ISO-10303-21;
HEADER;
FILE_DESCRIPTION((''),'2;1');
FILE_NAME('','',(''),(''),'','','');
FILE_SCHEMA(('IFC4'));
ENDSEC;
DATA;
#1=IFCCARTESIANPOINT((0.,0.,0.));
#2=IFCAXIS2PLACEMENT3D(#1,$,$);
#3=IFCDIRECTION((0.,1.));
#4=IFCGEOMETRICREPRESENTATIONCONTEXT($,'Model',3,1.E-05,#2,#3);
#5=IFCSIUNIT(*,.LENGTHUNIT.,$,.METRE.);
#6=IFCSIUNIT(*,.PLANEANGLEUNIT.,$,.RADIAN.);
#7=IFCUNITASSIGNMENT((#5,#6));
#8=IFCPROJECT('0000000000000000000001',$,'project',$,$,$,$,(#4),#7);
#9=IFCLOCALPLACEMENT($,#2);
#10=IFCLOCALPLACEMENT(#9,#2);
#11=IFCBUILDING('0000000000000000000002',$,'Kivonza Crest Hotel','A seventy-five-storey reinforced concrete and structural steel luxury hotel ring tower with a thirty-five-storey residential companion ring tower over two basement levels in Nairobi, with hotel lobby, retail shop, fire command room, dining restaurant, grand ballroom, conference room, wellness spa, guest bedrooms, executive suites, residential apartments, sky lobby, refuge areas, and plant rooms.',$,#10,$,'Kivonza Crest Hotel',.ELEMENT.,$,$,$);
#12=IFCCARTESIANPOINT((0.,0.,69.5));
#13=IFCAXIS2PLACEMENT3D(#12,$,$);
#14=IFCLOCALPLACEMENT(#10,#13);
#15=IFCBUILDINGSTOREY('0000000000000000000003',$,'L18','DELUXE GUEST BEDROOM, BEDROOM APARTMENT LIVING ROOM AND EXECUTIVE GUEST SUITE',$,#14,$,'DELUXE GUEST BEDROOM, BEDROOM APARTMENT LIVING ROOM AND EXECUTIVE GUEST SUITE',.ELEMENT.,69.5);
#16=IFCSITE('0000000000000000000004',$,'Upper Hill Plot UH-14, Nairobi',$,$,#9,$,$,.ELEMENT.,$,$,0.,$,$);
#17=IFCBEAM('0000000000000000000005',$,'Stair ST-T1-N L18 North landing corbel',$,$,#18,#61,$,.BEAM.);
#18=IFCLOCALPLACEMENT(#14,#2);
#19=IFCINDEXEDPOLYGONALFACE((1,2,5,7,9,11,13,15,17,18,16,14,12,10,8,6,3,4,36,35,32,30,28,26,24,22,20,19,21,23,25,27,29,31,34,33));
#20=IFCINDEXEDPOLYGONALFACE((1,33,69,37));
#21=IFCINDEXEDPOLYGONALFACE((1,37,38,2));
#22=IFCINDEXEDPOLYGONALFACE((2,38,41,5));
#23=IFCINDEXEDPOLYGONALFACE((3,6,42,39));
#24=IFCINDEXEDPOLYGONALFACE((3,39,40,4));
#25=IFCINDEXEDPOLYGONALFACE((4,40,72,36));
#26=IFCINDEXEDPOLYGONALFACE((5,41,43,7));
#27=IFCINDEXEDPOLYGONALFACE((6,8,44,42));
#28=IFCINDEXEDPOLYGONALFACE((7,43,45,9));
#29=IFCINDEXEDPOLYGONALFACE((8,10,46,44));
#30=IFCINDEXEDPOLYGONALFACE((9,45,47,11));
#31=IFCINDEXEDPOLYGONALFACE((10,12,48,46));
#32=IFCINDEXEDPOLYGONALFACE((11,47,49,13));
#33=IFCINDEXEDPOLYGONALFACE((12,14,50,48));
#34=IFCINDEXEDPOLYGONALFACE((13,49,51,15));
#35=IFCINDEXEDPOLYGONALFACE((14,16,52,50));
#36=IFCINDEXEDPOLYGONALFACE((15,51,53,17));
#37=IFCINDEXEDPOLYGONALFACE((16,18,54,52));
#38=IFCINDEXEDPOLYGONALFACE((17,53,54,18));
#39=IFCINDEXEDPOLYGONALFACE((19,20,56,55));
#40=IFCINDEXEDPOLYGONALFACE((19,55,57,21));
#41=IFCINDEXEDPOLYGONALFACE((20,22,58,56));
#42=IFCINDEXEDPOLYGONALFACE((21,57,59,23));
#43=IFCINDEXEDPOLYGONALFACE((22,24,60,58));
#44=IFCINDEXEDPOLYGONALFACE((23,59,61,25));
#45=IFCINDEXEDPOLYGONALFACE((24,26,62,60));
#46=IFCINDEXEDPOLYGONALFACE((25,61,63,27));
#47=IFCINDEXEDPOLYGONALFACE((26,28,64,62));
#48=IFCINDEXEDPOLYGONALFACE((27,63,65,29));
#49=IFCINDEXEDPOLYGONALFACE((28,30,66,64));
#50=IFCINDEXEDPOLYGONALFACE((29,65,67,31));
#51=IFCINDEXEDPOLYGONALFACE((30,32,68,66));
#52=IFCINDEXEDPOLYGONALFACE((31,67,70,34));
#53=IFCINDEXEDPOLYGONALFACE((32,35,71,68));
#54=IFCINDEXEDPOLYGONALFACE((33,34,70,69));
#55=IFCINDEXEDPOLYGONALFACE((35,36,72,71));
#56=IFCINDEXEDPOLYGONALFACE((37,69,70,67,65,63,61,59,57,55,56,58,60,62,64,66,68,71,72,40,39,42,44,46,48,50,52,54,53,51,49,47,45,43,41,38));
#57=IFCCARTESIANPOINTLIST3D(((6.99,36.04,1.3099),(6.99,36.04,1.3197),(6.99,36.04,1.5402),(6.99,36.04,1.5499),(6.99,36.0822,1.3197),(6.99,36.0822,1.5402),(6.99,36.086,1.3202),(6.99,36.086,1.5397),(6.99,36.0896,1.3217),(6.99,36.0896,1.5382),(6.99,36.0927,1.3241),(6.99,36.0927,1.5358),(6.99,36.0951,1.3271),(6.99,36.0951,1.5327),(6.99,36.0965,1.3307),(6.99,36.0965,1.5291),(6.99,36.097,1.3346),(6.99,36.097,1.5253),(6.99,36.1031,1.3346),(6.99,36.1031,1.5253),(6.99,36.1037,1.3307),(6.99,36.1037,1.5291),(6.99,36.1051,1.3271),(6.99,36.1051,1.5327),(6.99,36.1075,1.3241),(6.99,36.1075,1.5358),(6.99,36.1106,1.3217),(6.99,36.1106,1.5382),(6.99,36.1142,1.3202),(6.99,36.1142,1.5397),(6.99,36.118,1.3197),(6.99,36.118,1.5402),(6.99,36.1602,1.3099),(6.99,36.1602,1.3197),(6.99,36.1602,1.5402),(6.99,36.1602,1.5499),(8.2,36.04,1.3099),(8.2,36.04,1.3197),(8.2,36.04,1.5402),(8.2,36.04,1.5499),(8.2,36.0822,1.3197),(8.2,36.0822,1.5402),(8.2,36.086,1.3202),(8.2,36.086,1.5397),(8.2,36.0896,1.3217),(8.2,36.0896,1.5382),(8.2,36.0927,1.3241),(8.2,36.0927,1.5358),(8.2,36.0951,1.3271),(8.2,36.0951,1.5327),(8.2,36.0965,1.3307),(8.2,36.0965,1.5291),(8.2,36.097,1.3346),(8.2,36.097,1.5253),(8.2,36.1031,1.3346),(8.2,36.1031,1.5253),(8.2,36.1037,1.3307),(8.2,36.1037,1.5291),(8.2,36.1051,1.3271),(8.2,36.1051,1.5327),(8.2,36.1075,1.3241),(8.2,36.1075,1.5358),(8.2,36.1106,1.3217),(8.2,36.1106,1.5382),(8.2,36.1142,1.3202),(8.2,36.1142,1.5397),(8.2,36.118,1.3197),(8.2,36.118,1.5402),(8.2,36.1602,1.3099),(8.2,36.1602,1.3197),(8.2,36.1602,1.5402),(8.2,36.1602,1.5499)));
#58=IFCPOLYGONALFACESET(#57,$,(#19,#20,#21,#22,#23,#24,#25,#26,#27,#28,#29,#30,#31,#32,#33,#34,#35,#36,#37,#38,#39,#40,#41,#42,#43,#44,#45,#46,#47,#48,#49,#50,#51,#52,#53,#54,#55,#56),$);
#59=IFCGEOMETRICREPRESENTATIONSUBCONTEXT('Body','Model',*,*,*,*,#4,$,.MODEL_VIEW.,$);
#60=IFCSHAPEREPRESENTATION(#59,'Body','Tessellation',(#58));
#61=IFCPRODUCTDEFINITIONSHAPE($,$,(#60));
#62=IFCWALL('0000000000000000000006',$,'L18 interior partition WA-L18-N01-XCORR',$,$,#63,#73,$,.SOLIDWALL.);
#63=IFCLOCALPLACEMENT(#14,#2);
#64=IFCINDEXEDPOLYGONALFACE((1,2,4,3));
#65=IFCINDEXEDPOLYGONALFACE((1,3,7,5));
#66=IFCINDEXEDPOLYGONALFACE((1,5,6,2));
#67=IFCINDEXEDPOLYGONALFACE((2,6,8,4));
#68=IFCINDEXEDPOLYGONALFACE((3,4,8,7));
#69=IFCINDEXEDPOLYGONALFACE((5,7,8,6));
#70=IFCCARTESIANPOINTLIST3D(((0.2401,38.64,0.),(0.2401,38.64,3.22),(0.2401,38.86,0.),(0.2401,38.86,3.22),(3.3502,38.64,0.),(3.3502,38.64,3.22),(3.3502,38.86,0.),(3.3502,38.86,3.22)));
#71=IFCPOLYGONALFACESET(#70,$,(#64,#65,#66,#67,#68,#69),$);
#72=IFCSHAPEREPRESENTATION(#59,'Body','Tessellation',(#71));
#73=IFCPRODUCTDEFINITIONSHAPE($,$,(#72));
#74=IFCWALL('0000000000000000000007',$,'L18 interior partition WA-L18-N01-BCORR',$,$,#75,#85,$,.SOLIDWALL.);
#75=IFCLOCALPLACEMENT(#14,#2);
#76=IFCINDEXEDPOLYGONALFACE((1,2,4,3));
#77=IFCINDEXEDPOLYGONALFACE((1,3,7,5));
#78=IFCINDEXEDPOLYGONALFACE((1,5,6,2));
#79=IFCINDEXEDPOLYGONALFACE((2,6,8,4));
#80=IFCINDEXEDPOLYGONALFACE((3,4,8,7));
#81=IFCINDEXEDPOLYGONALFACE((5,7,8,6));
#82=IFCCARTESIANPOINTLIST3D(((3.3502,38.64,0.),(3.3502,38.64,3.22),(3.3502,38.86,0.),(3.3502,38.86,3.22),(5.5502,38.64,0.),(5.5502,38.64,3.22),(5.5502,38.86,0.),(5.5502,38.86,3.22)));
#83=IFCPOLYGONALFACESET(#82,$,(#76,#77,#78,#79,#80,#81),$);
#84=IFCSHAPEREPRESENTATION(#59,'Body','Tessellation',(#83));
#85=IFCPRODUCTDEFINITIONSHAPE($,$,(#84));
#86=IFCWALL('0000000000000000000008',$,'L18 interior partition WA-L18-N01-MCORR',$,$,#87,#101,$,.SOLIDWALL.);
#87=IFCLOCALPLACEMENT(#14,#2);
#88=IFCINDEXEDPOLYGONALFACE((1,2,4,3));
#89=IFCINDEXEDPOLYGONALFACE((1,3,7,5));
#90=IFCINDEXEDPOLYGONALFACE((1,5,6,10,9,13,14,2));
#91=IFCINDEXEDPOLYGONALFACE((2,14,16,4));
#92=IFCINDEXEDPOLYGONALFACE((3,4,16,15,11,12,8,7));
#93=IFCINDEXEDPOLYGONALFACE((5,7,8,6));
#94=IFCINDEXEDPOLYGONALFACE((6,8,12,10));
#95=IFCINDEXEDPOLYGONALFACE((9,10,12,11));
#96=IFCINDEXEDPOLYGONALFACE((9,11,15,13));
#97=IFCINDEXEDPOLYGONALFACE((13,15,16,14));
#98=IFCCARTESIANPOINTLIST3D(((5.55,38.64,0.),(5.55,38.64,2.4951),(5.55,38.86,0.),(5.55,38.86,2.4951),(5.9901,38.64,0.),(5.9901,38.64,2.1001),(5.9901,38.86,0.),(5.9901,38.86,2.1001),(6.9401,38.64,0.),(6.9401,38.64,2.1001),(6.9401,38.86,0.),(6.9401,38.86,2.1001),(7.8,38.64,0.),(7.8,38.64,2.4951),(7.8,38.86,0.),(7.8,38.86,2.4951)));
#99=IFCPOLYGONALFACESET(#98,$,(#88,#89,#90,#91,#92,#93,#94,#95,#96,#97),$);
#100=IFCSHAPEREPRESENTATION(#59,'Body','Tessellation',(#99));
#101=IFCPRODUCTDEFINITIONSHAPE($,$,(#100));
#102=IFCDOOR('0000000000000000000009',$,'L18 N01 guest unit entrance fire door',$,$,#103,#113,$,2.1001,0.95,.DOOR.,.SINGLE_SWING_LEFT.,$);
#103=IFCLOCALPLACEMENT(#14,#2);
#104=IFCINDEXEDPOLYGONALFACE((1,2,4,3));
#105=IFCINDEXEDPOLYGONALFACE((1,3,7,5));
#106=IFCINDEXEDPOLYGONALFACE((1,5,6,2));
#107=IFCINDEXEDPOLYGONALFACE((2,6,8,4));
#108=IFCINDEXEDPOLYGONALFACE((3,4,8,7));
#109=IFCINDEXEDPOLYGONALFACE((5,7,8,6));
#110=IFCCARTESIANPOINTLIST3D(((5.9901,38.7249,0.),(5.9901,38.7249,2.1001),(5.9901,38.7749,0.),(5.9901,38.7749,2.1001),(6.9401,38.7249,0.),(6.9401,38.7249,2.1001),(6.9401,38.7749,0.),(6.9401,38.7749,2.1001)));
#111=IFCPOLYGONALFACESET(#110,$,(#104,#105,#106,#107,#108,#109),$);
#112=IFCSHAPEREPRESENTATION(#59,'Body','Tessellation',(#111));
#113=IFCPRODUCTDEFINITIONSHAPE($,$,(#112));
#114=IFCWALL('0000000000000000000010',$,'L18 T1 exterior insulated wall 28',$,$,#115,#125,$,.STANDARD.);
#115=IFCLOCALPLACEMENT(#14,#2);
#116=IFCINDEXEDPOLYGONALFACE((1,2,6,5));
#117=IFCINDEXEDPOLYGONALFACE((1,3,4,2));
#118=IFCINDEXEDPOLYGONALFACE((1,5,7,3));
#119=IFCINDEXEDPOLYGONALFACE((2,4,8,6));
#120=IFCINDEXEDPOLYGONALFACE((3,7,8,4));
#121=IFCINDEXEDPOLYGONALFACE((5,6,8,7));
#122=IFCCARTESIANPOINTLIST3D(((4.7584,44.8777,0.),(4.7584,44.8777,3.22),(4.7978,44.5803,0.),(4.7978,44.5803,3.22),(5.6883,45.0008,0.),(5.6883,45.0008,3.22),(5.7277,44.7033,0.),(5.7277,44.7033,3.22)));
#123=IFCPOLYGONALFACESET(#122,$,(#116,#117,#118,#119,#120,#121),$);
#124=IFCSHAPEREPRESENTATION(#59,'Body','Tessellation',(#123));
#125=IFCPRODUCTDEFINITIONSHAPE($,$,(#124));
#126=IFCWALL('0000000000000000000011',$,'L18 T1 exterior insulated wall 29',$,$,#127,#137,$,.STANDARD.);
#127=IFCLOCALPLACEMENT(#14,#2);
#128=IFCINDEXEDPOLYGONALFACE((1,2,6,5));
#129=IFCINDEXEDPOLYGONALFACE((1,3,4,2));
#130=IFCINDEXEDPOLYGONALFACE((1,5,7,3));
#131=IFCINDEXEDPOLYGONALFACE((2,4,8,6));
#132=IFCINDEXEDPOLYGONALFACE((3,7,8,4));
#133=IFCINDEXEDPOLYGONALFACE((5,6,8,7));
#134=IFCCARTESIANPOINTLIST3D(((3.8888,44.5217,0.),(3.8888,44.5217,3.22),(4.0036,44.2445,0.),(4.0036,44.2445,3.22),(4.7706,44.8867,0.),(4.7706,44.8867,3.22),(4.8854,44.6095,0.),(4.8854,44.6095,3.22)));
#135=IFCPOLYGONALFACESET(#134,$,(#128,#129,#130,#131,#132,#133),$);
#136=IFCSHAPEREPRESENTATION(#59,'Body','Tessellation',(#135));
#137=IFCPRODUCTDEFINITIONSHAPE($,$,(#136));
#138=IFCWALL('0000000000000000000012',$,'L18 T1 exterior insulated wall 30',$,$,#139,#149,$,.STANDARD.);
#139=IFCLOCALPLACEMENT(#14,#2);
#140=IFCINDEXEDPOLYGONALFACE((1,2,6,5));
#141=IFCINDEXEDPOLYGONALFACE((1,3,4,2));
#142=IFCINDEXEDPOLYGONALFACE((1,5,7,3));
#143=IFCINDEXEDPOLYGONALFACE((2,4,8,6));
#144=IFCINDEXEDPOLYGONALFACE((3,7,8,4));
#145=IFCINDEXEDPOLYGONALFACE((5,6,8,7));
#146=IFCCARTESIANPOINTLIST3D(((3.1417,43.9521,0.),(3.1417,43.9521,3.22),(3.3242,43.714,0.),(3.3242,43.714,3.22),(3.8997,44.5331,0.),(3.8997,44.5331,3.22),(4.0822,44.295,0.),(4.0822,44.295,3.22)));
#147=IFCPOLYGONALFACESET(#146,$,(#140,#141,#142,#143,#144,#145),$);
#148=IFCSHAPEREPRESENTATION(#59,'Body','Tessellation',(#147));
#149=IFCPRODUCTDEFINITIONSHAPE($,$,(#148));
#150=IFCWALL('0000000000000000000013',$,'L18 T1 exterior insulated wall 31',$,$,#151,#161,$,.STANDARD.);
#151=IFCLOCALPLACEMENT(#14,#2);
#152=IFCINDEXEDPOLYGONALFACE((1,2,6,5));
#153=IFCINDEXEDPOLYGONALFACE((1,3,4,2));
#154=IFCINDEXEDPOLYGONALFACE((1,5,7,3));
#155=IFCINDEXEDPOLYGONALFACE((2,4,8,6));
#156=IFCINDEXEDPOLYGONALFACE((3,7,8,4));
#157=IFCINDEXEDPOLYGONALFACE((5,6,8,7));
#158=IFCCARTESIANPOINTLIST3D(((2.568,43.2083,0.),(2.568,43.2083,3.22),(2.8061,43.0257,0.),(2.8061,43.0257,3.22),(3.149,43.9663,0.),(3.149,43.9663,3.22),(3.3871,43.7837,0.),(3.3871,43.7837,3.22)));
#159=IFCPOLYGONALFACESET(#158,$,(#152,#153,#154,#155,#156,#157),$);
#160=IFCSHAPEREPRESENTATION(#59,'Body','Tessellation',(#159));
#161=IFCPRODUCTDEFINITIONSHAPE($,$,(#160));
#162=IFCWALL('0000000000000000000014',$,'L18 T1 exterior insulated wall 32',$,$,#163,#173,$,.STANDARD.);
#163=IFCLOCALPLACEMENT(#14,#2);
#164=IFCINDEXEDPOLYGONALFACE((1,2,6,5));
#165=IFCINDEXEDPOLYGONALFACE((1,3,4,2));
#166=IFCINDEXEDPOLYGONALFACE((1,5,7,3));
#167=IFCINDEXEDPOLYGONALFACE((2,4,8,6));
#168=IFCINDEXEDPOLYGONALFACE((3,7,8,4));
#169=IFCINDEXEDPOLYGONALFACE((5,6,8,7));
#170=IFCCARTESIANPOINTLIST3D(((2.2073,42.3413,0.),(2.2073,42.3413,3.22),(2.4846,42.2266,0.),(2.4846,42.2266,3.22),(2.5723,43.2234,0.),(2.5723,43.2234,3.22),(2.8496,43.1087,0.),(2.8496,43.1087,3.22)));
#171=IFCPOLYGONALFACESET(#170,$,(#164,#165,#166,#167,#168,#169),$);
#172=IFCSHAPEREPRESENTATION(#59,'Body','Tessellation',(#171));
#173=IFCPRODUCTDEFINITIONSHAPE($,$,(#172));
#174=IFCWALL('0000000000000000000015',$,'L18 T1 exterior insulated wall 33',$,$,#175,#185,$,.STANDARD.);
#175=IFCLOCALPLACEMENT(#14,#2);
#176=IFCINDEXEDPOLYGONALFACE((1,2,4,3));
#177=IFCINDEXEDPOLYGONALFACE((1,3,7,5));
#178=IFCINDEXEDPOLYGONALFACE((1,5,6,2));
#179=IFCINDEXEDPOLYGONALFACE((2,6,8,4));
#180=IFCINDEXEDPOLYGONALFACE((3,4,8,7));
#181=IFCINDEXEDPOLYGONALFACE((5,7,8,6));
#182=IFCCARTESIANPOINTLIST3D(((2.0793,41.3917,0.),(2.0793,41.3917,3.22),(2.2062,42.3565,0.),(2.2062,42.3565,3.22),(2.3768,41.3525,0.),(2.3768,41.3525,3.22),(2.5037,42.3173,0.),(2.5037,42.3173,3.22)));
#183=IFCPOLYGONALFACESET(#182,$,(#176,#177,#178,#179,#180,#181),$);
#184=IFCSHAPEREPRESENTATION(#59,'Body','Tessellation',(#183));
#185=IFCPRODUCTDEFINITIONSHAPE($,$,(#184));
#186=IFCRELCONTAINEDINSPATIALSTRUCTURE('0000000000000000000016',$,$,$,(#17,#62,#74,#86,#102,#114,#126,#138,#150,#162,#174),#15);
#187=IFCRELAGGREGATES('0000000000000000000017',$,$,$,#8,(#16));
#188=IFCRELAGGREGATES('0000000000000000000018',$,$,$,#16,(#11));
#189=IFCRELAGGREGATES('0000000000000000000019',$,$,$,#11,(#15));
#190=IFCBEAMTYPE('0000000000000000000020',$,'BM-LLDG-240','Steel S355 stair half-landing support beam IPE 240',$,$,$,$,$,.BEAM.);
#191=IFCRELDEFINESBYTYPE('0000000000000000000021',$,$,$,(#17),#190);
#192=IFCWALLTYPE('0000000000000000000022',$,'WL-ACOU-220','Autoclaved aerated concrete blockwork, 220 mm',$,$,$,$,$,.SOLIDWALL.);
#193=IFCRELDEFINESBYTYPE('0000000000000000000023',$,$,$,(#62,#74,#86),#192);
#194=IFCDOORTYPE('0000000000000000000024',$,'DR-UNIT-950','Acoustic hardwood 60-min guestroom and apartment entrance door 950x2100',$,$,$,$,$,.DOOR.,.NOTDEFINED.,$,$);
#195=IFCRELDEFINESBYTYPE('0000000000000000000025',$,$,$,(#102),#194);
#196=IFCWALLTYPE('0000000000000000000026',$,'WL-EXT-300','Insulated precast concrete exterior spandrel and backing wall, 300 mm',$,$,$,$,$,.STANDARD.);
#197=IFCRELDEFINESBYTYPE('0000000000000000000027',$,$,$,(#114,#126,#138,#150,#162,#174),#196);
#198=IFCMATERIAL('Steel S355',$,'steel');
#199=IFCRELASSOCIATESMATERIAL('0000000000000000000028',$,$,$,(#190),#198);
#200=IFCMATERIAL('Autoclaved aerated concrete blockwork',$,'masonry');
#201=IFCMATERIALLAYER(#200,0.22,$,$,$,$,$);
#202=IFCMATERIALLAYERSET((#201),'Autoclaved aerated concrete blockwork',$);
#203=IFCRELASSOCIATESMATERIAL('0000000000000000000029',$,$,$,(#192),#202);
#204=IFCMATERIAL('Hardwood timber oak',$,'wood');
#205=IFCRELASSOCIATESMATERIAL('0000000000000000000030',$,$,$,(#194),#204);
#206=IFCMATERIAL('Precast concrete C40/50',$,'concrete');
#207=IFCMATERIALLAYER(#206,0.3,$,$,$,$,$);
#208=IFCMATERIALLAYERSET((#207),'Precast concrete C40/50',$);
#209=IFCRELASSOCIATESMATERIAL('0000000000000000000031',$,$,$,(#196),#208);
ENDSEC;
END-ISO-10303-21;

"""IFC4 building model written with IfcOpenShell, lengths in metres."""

from ifc_helpers import new_model, si_unit, direction, frame, frame_2d, origin, origin_2d, place, context, subcontext, project, spatial, rectangle, i_section, extrude, material, layer, layer_set, material_profile, profile_set, type_object, element, fill, save


model = new_model("IFC4")

# Units and contexts
model_context = context("Model", 3, precision=1e-05, world=origin(), true_north=direction((0.0, 1.0)))
body_context = subcontext(model_context, "Body", "Model", "MODEL_VIEW")
ifc_project = project(units=[si_unit("LENGTHUNIT", "METRE"), si_unit("PLANEANGLEUNIT", "RADIAN")], contexts=[model_context])

# Site, building, storey
site_placement = place(None, origin())
site = spatial("IfcSite", under=ifc_project, at=site_placement, Name="Upper Hill Plot UH-14, Nairobi", CompositionType="ELEMENT", RefElevation=0.0)
building_placement = place(site_placement, origin())
building = spatial("IfcBuilding", under=site, at=building_placement, Name="Kivonza Crest Hotel", Description="A seventy-five-storey reinforced concrete and structural steel luxury hotel ring tower with a thirty-five-storey residential companion ring tower over two basement levels in Nairobi, with hotel lobby, retail shop, fire command room, dining restaurant, grand ballroom, conference room, wellness spa, guest bedrooms, executive suites, residential apartments, sky lobby, refuge areas, and plant rooms.", LongName="Kivonza Crest Hotel", CompositionType="ELEMENT")
storey_placement = place(building_placement, frame((0.0, 0.0, 69.5)))
storey = spatial("IfcBuildingStorey", under=building, at=storey_placement, Name="L18", Description="DELUXE GUEST BEDROOM, BEDROOM APARTMENT LIVING ROOM AND EXECUTIVE GUEST SUITE", LongName="DELUXE GUEST BEDROOM, BEDROOM APARTMENT LIVING ROOM AND EXECUTIVE GUEST SUITE", CompositionType="ELEMENT", Elevation=69.5)

# Beam
ifc_material_1 = material(Name="Steel S355", Category="steel")
ifc_material_profile = material_profile(ifc_material_1, i_section(OverallWidth=0.1201, OverallDepth=0.24, WebThickness=0.0061, FlangeThickness=0.0098, FilletRadius=0.0149, at=origin_2d()), Name="IPE 240")
ifc_profile_set = profile_set([ifc_material_profile], Name="Steel S355")
beam_type = type_object("IfcBeamType", Name="BM-LLDG-240", Description="Steel S355 stair half-landing support beam IPE 240", PredefinedType="BEAM", material=ifc_profile_set)
beam_placement = place(storey_placement, frame((6.99, 36.1001, 1.4299), z_axis=(1.0, 0.0, 0.0), x_axis=(0.0, 1.0, 0.0)))
element("IfcBeam", 1, at=beam_placement, inside=storey, type_object=beam_type, Name="Stair ST-T1-N L18 North landing corbel", PredefinedType="BEAM", context=body_context, shape_type="SweptSolid", body=[
    extrude(i_section(OverallWidth=0.1201, OverallDepth=0.24, WebThickness=0.0061, FlangeThickness=0.0098, FilletRadius=0.0149, at=origin_2d()), origin(), (0.0, 0.0, 1.0), 1.21),
])

# Walls
ifc_material_2 = material(Name="Autoclaved aerated concrete blockwork", Category="masonry")
ifc_layer_1 = layer(ifc_material_2, 0.22)
ifc_layer_set_1 = layer_set([ifc_layer_1], Name="Autoclaved aerated concrete blockwork")
wall_type_1 = type_object("IfcWallType", Name="WL-ACOU-220", Description="Autoclaved aerated concrete blockwork, 220 mm", PredefinedType="SOLIDWALL", material=ifc_layer_set_1)
wall_1_placement = place(storey_placement, frame((0.24, 38.75, 0.0), z_axis=(0.0, 0.0, 1.0), x_axis=(1.0, 0.0, 0.0)))
element("IfcWall", 2, at=wall_1_placement, inside=storey, type_object=wall_type_1, Name="L18 interior partition WA-L18-N01-XCORR", PredefinedType="SOLIDWALL", context=body_context, shape_type="SweptSolid", body=[
    extrude(rectangle(XDim=3.1101, YDim=0.22, at=frame_2d((1.5552, 0.0))), origin(), (0.0, 0.0, 1.0), 3.22),
])
wall_2_placement = place(storey_placement, frame((3.3501, 38.75, 0.0), z_axis=(0.0, 0.0, 1.0), x_axis=(1.0, 0.0, 0.0)))
element("IfcWall", 3, at=wall_2_placement, inside=storey, type_object=wall_type_1, Name="L18 interior partition WA-L18-N01-BCORR", PredefinedType="SOLIDWALL", context=body_context, shape_type="SweptSolid", body=[
    extrude(rectangle(XDim=2.2, YDim=0.22, at=frame_2d((1.1001, 0.0))), origin(), (0.0, 0.0, 1.0), 3.22),
])

# Wall, opening, door
wall_3_placement = place(storey_placement, frame((5.55, 38.75, 0.0), z_axis=(0.0, 0.0, 1.0), x_axis=(1.0, 0.0, 0.0)))
wall_3 = element("IfcWall", 4, at=wall_3_placement, inside=storey, type_object=wall_type_1, Name="L18 interior partition WA-L18-N01-MCORR", PredefinedType="SOLIDWALL", context=body_context, shape_type="SweptSolid", body=[
    extrude(rectangle(XDim=2.25, YDim=0.22, at=frame_2d((1.125, 0.0))), origin(), (0.0, 0.0, 1.0), 2.4951),
])
opening_1_placement = place(wall_3_placement, frame((0.4399, 0.0, 0.0)))
opening_1 = element("IfcOpeningElement", 5, at=opening_1_placement, cuts=wall_3, PredefinedType="OPENING", context=body_context, shape_type="SweptSolid", body=[
    extrude(rectangle(XDim=0.95, YDim=2.1001, at=frame_2d((0.4751, 1.05))), frame((0.0, 0.1201, 0.0), z_axis=(0.0, -1.0, 0.0), x_axis=(1.0, 0.0, 0.0)), (0.0, 0.0, 1.0), 0.24),
])
ifc_material_3 = material(Name="Hardwood timber oak", Category="wood")
door_type_1 = type_object("IfcDoorType", Name="DR-UNIT-950", Description="Acoustic hardwood 60-min guestroom and apartment entrance door 950x2100", OperationType="NOTDEFINED", PredefinedType="DOOR", material=ifc_material_3)
door_1_placement = place(opening_1_placement, origin())
door_1 = element("IfcDoor", 6, at=door_1_placement, inside=storey, type_object=door_type_1, Name="L18 N01 guest unit entrance fire door", OperationType="SINGLE_SWING_LEFT", OverallHeight=2.1001, OverallWidth=0.95, PredefinedType="DOOR", context=body_context, shape_type="SweptSolid", body=[
    extrude(rectangle(XDim=0.95, YDim=2.1001, at=frame_2d((0.4751, 1.05))), frame((0.0, 0.0249, 0.0), z_axis=(0.0, -1.0, 0.0), x_axis=(1.0, 0.0, 0.0)), (0.0, 0.0, 1.0), 0.05),
])
fill(opening_1, door_1)

# Walls
ifc_material_4 = material(Name="Precast concrete C40/50", Category="concrete")
ifc_layer_2 = layer(ifc_material_4, 0.3)
ifc_layer_set_2 = layer_set([ifc_layer_2], Name="Precast concrete C40/50")
wall_type_2 = type_object("IfcWallType", Name="WL-EXT-300", Description="Insulated precast concrete exterior spandrel and backing wall, 300 mm", PredefinedType="STANDARD", material=ifc_layer_set_2)
wall_4_placement = place(storey_placement, frame((5.708, 44.8521, 0.0), z_axis=(0.0, 0.0, 1.0), x_axis=(-0.991359, -0.131175, 0.0)))
element("IfcWall", 7, at=wall_4_placement, inside=storey, type_object=wall_type_2, Name="L18 T1 exterior insulated wall 28", PredefinedType="STANDARD", context=body_context, shape_type="SweptSolid", body=[
    extrude(rectangle(XDim=0.938, YDim=0.3, at=frame_2d((0.469, 0.0))), origin(), (0.0, 0.0, 1.0), 3.22),
])
wall_5_placement = place(storey_placement, frame((4.8279, 44.748, 0.0), z_axis=(0.0, 0.0, 1.0), x_axis=(-0.923983, -0.382435, 0.0)))
element("IfcWall", 8, at=wall_5_placement, inside=storey, type_object=wall_type_2, Name="L18 T1 exterior insulated wall 29", PredefinedType="STANDARD", context=body_context, shape_type="SweptSolid", body=[
    extrude(rectangle(XDim=0.9543, YDim=0.3, at=frame_2d((0.4771, 0.0))), origin(), (0.0, 0.0, 1.0), 3.22),
])
for number, where, z_axis, x_axis, name in (
    (9, (3.991, 44.4141, 0.0), (0.0, 0.0, 1.0), (-0.793668, -0.608351, 0.0), "L18 T1 exterior insulated wall 30"),
    (10, (3.2681, 43.875, 0.0), (0.0, 0.0, 1.0), (-0.608351, -0.793668, 0.0), "L18 T1 exterior insulated wall 31"),
):
    element("IfcWall", number, at=place(storey_placement, frame(where, z_axis=z_axis, x_axis=x_axis)), inside=storey, type_object=wall_type_2, Name=name, PredefinedType="STANDARD", context=body_context, shape_type="SweptSolid", body=[
        extrude(rectangle(XDim=0.9551, YDim=0.3, at=frame_2d((0.4775, 0.0))), origin(), (0.0, 0.0, 1.0), 3.22),
    ])
wall_6_placement = place(storey_placement, frame((2.7109, 43.166, 0.0), z_axis=(0.0, 0.0, 1.0), x_axis=(-0.382344, -0.92402, 0.0)))
element("IfcWall", 11, at=wall_6_placement, inside=storey, type_object=wall_type_2, Name="L18 T1 exterior insulated wall 32", PredefinedType="STANDARD", context=body_context, shape_type="SweptSolid", body=[
    extrude(rectangle(XDim=0.9546, YDim=0.3, at=frame_2d((0.4773, 0.0))), origin(), (0.0, 0.0, 1.0), 3.22),
])
wall_7_placement = place(storey_placement, frame((2.355, 42.3369, 0.0), z_axis=(0.0, 0.0, 1.0), x_axis=(-0.130455, -0.991454, 0.0)))
element("IfcWall", 12, at=wall_7_placement, inside=storey, type_object=wall_type_2, Name="L18 T1 exterior insulated wall 33", PredefinedType="STANDARD", context=body_context, shape_type="SweptSolid", body=[
    extrude(rectangle(XDim=0.9731, YDim=0.3, at=frame_2d((0.4866, 0.0))), origin(), (0.0, 0.0, 1.0), 3.22),
])

save(model, "model.ifc")
